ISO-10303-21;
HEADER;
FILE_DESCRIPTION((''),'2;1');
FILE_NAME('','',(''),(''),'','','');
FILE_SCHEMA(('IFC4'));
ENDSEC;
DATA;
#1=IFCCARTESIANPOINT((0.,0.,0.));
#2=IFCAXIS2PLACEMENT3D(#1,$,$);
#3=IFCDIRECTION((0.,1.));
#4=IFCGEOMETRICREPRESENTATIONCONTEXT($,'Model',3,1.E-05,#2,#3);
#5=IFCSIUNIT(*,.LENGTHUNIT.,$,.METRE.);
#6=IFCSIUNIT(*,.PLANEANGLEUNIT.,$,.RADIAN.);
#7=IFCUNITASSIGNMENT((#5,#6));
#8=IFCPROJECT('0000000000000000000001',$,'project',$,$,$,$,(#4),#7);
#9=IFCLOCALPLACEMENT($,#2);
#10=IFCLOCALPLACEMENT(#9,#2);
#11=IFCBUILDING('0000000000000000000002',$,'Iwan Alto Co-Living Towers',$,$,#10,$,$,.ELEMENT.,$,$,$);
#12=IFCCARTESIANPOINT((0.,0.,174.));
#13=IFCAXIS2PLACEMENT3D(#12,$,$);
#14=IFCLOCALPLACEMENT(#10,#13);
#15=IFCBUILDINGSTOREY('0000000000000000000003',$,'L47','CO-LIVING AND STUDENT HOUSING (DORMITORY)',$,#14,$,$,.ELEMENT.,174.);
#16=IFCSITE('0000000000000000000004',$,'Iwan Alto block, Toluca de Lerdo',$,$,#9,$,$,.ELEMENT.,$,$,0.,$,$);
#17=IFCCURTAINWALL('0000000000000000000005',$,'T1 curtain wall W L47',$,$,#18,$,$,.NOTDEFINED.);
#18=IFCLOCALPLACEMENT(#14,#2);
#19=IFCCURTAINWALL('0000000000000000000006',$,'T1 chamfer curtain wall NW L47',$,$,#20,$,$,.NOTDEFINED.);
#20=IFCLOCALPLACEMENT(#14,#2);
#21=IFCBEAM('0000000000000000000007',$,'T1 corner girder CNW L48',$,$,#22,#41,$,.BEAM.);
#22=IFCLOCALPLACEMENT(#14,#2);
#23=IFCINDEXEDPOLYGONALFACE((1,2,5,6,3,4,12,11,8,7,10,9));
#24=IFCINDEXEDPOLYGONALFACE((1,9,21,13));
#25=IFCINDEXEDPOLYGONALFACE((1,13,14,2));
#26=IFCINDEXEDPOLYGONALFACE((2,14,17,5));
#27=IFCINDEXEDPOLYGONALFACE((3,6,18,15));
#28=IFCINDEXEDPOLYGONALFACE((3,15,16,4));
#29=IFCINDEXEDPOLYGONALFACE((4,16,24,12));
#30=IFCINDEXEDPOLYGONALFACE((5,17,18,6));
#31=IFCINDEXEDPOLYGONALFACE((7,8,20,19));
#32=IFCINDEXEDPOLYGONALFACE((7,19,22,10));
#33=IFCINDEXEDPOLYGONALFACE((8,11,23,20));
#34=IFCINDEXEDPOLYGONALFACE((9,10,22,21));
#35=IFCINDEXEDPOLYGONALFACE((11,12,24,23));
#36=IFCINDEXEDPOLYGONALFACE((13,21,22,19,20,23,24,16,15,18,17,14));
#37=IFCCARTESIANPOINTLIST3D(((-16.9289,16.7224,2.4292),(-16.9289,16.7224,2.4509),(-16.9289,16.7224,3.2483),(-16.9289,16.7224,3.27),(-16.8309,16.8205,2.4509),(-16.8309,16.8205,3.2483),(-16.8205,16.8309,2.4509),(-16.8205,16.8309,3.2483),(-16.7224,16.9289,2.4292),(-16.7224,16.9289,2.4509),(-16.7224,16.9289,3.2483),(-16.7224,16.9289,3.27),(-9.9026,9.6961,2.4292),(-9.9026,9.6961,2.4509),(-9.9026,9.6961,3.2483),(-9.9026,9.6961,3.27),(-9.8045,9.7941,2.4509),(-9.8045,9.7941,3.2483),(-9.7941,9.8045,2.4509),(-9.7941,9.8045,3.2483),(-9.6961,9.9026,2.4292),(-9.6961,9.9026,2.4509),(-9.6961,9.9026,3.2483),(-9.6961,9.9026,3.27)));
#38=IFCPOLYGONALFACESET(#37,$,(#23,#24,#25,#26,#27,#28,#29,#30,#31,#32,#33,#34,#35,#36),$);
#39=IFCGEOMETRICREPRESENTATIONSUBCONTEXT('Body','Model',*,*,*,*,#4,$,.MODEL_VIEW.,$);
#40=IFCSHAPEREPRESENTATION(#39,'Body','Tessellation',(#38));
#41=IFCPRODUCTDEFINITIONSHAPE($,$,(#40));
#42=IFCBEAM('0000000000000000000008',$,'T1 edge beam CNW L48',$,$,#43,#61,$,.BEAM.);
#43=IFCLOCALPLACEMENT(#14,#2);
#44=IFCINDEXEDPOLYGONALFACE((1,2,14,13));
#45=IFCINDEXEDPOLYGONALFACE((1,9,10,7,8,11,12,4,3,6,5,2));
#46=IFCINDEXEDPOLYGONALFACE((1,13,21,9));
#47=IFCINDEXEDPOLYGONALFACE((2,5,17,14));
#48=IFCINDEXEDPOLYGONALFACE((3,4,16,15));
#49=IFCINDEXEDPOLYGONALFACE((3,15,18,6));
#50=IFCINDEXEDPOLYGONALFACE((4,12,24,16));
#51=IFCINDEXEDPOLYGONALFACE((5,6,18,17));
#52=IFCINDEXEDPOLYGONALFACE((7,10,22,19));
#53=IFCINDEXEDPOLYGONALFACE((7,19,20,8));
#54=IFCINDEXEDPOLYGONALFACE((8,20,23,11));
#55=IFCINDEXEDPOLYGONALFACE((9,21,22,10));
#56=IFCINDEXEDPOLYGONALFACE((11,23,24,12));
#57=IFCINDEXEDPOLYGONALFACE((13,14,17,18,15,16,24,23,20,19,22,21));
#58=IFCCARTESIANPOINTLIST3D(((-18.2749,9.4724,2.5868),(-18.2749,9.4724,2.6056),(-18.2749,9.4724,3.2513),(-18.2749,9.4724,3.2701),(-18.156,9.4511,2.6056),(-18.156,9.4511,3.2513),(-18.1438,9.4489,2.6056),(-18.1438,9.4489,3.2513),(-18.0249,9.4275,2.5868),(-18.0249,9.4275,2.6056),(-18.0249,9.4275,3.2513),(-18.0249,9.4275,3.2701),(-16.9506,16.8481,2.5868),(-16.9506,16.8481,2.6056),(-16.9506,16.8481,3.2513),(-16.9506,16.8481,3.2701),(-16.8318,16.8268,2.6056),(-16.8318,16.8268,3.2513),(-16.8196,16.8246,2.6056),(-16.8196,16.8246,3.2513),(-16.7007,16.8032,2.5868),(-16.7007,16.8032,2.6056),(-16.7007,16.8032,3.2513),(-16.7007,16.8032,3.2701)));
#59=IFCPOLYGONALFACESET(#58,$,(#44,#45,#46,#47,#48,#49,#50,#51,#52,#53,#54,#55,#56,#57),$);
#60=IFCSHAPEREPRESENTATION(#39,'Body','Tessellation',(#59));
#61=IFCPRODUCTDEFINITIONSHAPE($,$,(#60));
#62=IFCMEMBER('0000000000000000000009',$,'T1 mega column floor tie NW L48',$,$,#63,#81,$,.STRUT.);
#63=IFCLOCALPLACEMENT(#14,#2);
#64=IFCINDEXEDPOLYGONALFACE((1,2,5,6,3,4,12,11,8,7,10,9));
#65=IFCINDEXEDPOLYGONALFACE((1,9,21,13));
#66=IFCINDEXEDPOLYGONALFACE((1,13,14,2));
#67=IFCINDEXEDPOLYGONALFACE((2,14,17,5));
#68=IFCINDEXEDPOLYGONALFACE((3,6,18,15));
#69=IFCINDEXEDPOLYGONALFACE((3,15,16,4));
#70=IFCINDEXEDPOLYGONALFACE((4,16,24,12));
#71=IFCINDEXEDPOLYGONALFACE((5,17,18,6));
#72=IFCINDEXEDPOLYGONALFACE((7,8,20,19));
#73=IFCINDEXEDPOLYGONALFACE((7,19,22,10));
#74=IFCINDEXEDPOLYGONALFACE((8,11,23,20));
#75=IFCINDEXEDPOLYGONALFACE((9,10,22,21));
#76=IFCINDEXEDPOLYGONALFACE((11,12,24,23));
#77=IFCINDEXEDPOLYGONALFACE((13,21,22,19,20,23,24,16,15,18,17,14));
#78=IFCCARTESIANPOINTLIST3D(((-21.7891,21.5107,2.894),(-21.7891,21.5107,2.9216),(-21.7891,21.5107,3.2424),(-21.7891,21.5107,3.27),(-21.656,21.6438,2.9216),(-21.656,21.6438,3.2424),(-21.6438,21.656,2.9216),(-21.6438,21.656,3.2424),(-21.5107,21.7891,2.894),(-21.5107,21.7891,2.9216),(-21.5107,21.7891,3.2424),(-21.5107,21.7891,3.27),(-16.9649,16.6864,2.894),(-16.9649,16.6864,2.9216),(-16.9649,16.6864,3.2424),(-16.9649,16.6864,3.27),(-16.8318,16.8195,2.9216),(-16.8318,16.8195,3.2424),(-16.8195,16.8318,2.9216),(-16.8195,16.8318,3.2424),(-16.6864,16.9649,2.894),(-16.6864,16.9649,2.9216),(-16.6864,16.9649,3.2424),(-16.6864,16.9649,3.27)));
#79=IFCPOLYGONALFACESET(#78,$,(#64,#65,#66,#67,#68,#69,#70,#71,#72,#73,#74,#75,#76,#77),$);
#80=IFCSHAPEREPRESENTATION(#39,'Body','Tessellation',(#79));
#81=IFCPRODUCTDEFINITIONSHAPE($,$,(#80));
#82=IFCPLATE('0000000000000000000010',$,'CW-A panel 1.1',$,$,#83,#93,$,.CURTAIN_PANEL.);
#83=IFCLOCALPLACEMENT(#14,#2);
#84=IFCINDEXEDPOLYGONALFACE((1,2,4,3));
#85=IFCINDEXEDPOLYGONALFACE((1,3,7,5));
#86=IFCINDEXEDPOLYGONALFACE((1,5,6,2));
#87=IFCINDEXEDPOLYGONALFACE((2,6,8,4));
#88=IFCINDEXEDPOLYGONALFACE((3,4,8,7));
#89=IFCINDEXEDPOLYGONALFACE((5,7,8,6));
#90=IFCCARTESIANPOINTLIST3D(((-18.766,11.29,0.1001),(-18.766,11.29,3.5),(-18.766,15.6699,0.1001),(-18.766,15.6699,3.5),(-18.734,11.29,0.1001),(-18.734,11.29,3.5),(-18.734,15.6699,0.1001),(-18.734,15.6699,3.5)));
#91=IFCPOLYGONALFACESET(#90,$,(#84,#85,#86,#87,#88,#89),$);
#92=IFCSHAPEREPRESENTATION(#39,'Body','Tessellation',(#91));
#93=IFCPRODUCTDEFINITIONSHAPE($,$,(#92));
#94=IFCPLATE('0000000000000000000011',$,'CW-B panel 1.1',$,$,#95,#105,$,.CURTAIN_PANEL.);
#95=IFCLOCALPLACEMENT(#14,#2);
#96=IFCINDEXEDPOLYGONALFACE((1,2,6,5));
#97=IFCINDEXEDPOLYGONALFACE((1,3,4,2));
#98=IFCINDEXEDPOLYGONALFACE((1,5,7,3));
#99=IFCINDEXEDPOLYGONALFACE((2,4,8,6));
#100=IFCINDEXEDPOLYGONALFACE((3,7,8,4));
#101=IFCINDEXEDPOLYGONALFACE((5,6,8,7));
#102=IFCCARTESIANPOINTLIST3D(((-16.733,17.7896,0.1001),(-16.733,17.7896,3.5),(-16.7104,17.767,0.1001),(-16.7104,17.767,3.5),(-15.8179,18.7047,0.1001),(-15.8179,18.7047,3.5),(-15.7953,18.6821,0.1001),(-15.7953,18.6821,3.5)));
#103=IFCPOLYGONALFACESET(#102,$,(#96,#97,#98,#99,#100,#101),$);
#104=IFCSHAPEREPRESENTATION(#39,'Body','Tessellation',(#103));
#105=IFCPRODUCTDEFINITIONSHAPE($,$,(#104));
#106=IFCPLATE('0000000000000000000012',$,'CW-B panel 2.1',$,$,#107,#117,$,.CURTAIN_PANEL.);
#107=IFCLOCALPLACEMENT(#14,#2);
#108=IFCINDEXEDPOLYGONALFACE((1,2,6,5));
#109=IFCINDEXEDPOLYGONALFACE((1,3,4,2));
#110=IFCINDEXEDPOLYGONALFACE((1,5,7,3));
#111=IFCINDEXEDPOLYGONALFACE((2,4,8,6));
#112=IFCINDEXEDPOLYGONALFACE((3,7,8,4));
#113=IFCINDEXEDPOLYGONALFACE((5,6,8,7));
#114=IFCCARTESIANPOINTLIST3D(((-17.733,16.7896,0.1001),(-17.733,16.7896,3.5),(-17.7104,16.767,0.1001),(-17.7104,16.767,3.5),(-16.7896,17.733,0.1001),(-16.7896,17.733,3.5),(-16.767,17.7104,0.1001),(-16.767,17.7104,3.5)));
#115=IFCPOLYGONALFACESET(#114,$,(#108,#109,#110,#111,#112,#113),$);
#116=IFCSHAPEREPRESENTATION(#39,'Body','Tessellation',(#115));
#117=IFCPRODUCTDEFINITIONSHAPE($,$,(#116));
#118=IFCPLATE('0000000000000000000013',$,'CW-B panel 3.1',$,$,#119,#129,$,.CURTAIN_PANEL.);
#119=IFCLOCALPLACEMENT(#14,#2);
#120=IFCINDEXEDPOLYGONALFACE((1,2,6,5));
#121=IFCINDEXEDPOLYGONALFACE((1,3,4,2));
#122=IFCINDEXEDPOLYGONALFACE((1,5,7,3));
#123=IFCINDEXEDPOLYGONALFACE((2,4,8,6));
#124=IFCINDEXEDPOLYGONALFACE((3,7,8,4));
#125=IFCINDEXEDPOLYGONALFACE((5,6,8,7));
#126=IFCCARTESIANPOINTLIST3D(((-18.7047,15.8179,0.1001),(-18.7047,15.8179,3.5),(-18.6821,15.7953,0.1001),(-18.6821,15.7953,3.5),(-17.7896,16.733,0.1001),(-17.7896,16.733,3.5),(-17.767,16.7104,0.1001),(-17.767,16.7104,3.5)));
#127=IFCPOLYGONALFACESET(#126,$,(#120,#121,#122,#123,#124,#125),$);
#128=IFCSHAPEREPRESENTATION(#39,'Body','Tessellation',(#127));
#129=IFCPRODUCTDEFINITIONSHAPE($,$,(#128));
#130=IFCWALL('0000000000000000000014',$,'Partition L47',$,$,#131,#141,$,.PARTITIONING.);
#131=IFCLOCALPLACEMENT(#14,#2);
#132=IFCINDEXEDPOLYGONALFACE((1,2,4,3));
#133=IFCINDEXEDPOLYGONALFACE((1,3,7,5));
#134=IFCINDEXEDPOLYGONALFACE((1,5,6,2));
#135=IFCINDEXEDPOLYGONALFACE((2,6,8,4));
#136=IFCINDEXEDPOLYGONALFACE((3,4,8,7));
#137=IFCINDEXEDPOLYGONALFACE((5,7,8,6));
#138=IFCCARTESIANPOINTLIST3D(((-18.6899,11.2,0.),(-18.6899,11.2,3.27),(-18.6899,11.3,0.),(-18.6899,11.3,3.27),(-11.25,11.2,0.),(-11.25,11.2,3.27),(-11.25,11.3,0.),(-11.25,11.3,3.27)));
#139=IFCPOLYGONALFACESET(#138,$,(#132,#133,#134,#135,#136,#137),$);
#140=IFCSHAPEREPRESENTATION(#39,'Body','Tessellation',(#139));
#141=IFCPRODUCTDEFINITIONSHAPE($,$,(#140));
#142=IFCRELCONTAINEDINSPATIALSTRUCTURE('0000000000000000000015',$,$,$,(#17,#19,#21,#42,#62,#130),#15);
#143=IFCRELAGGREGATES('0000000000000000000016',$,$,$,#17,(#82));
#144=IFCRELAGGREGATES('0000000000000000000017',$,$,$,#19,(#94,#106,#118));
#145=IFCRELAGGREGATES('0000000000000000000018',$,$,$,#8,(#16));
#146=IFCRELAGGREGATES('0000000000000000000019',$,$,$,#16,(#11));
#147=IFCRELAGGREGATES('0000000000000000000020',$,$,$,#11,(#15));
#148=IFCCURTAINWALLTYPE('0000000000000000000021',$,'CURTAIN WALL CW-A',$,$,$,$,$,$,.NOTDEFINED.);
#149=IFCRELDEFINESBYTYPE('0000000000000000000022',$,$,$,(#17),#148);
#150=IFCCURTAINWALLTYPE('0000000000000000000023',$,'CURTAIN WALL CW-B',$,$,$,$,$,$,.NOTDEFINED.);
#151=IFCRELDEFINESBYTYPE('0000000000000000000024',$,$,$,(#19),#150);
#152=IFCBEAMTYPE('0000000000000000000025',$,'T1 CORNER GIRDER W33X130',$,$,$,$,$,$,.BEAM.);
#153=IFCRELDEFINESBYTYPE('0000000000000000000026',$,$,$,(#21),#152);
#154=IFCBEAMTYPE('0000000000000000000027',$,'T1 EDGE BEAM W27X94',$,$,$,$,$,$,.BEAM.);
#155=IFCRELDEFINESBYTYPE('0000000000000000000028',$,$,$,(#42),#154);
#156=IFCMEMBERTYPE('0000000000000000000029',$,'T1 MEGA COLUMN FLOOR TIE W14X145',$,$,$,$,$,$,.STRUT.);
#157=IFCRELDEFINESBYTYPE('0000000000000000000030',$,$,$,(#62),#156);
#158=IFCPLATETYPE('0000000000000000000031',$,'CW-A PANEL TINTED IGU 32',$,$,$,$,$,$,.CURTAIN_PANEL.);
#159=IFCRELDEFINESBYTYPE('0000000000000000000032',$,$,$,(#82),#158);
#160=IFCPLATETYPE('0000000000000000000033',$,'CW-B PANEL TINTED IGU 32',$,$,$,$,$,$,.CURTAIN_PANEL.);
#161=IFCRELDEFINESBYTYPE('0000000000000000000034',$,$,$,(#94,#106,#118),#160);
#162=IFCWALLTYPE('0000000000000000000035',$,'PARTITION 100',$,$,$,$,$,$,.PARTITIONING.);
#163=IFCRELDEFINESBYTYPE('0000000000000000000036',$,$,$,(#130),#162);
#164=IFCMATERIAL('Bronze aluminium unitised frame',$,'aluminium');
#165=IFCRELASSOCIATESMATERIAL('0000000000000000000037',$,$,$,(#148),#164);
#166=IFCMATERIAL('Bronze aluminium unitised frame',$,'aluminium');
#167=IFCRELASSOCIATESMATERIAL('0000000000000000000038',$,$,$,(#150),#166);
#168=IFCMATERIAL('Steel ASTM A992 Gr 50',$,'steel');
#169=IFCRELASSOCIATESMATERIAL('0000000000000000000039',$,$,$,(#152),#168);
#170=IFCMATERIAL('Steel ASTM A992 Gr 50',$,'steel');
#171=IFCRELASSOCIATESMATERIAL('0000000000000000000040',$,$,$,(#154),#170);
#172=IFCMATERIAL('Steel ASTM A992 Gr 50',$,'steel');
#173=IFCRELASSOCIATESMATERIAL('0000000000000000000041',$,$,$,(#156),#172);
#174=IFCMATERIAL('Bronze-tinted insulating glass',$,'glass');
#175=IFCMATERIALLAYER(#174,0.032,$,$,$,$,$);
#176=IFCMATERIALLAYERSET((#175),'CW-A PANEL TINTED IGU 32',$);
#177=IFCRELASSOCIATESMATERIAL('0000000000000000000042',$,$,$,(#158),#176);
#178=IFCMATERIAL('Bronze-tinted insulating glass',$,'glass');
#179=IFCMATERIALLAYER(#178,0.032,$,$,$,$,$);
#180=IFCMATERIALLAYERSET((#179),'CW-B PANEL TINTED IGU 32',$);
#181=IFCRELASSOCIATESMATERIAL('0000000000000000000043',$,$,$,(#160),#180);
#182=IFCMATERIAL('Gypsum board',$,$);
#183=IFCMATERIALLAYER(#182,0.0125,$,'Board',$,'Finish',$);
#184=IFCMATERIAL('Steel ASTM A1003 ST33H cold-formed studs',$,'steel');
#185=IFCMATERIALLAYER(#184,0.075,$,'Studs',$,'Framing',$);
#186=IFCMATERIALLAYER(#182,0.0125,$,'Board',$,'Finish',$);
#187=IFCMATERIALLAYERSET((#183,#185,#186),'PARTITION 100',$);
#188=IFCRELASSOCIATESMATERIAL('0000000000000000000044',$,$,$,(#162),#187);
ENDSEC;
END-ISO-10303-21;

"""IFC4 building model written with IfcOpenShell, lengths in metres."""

from ifc_helpers import new_model, si_unit, direction, frame, frame_2d, origin, origin_2d, place, context, subcontext, project, spatial, rectangle, i_section, extrude, material, layer, layer_set, material_profile, profile_set, type_object, element, aggregate, save


model = new_model("IFC4")

# Units and contexts
model_context = context("Model", 3, precision=1e-05, world=origin(), true_north=direction((0.0, 1.0)))
body_context = subcontext(model_context, "Body", "Model", "MODEL_VIEW")
ifc_project = project(units=[si_unit("LENGTHUNIT", "METRE"), si_unit("PLANEANGLEUNIT", "RADIAN")], contexts=[model_context])

# Site, building, storey
site_placement = place(None, origin())
site = spatial("IfcSite", under=ifc_project, at=site_placement, Name="Iwan Alto block, Toluca de Lerdo", CompositionType="ELEMENT", RefElevation=0.0)
building_placement = place(site_placement, origin())
building = spatial("IfcBuilding", under=site, at=building_placement, Name="Iwan Alto Co-Living Towers", CompositionType="ELEMENT")
storey_placement = place(building_placement, frame((0.0, 0.0, 174.0)))
storey = spatial("IfcBuildingStorey", under=building, at=storey_placement, Name="L47", Description="CO-LIVING AND STUDENT HOUSING (DORMITORY)", CompositionType="ELEMENT", Elevation=174.0)

# Shared definitions
ifc_material_1 = material(Name="Bronze aluminium unitised frame", Category="aluminium")
curtain_wall_type_1 = type_object("IfcCurtainWallType", Name="CURTAIN WALL CW-A", PredefinedType="NOTDEFINED", material=ifc_material_1)

# Curtain walls
curtain_wall_1_placement = place(storey_placement, origin())
curtain_wall_1 = element("IfcCurtainWall", 1, at=curtain_wall_1_placement, inside=storey, type_object=curtain_wall_type_1, Name="T1 curtain wall W L47", PredefinedType="NOTDEFINED")
ifc_material_2 = material(Name="Bronze aluminium unitised frame", Category="aluminium")
curtain_wall_type_2 = type_object("IfcCurtainWallType", Name="CURTAIN WALL CW-B", PredefinedType="NOTDEFINED", material=ifc_material_2)
curtain_wall_2_placement = place(storey_placement, origin())
curtain_wall_2 = element("IfcCurtainWall", 2, at=curtain_wall_2_placement, inside=storey, type_object=curtain_wall_type_2, Name="T1 chamfer curtain wall NW L47", PredefinedType="NOTDEFINED")

# Beams
ifc_material_3 = material(Name="Steel ASTM A992 Gr 50", Category="steel")
ifc_material_profile_1 = material_profile(ifc_material_3, i_section(OverallWidth=0.292, OverallDepth=0.8408, WebThickness=0.0146, FlangeThickness=0.0217, at=origin_2d()), Name="W33X130")
ifc_profile_set_1 = profile_set([ifc_material_profile_1], Name="Steel ASTM A992 Gr 50")
beam_type_1 = type_object("IfcBeamType", Name="T1 CORNER GIRDER W33X130", PredefinedType="BEAM", material=ifc_profile_set_1)
beam_1_placement = place(storey_placement, frame((-16.8257, 16.8257, 2.8496), z_axis=(0.707107, -0.707107, 0.0), x_axis=(0.707107, 0.707107, 0.0)))
element("IfcBeam", 3, at=beam_1_placement, inside=storey, type_object=beam_type_1, Name="T1 corner girder CNW L48", PredefinedType="BEAM", context=body_context, shape_type="SweptSolid", body=[
    extrude(i_section(OverallWidth=0.292, OverallDepth=0.8408, WebThickness=0.0146, FlangeThickness=0.0217, at=origin_2d()), origin(), (0.0, 0.0, 1.0), 9.9368),
])
ifc_material_4 = material(Name="Steel ASTM A992 Gr 50", Category="steel")
ifc_material_profile_2 = material_profile(ifc_material_4, i_section(OverallWidth=0.2539, OverallDepth=0.6833, WebThickness=0.0125, FlangeThickness=0.0188, at=origin_2d()), Name="W27X94")
ifc_profile_set_2 = profile_set([ifc_material_profile_2], Name="Steel ASTM A992 Gr 50")
beam_type_2 = type_object("IfcBeamType", Name="T1 EDGE BEAM W27X94", PredefinedType="BEAM", material=ifc_profile_set_2)
beam_2_placement = place(storey_placement, frame((-16.8257, 16.8257, 2.9285), z_axis=(-0.176712, -0.984263, 0.0), x_axis=(0.984263, -0.176712, 0.0)))
element("IfcBeam", 4, at=beam_2_placement, inside=storey, type_object=beam_type_2, Name="T1 edge beam CNW L48", PredefinedType="BEAM", context=body_context, shape_type="SweptSolid", body=[
    extrude(i_section(OverallWidth=0.2539, OverallDepth=0.6833, WebThickness=0.0125, FlangeThickness=0.0188, at=origin_2d()), origin(), (0.0, 0.0, 1.0), 7.4937),
])

# Member
ifc_material_5 = material(Name="Steel ASTM A992 Gr 50", Category="steel")
ifc_material_profile_3 = material_profile(ifc_material_5, i_section(OverallWidth=0.3938, OverallDepth=0.376, WebThickness=0.0173, FlangeThickness=0.0276, at=origin_2d()), Name="W14X145")
ifc_profile_set_3 = profile_set([ifc_material_profile_3], Name="Steel ASTM A992 Gr 50")
member_type_1 = type_object("IfcMemberType", Name="T1 MEGA COLUMN FLOOR TIE W14X145", PredefinedType="STRUT", material=ifc_profile_set_3)
member_1_placement = place(storey_placement, frame((-21.6499, 21.6499, 3.082), z_axis=(0.707107, -0.707107, 0.0), x_axis=(0.707107, 0.707107, 0.0)))
element("IfcMember", 5, at=member_1_placement, inside=storey, type_object=member_type_1, Name="T1 mega column floor tie NW L48", PredefinedType="STRUT", context=body_context, shape_type="SweptSolid", body=[
    extrude(i_section(OverallWidth=0.3938, OverallDepth=0.376, WebThickness=0.0173, FlangeThickness=0.0276, at=origin_2d()), origin(), (0.0, 0.0, 1.0), 6.8225),
])

# Plates
ifc_material_6 = material(Name="Bronze-tinted insulating glass", Category="glass")
ifc_layer_1 = layer(ifc_material_6, 0.032)
ifc_layer_set_1 = layer_set([ifc_layer_1], Name="CW-A PANEL TINTED IGU 32")
plate_type_1 = type_object("IfcPlateType", Name="CW-A PANEL TINTED IGU 32", PredefinedType="CURTAIN_PANEL", material=ifc_layer_set_1)
plate_1_placement = place(storey_placement, frame((-18.75, 13.48, 0.1001), z_axis=(0.0, 0.0, 1.0), x_axis=(0.0, -1.0, 0.0)))
plate_1 = element("IfcPlate", 6, at=plate_1_placement, type_object=plate_type_1, Name="CW-A panel 1.1", PredefinedType="CURTAIN_PANEL", context=body_context, shape_type="SweptSolid", body=[
    extrude(rectangle(XDim=4.3799, YDim=0.032, at=origin_2d()), origin(), (0.0, 0.0, 1.0), 3.3999),
])
aggregate(curtain_wall_1, [plate_1])
ifc_material_7 = material(Name="Bronze-tinted insulating glass", Category="glass")
ifc_layer_2 = layer(ifc_material_7, 0.032)
ifc_layer_set_2 = layer_set([ifc_layer_2], Name="CW-B PANEL TINTED IGU 32")
plate_type_2 = type_object("IfcPlateType", Name="CW-B PANEL TINTED IGU 32", PredefinedType="CURTAIN_PANEL", material=ifc_layer_set_2)
plate_2_placement = place(storey_placement, frame((-16.2642, 18.2358, 0.1001), z_axis=(0.0, 0.0, 1.0), x_axis=(-0.707107, -0.707107, 0.0)))
plate_2 = element("IfcPlate", 7, at=plate_2_placement, type_object=plate_type_2, Name="CW-B panel 1.1", PredefinedType="CURTAIN_PANEL", context=body_context, shape_type="SweptSolid", body=[
    extrude(rectangle(XDim=1.2942, YDim=0.032, at=origin_2d()), origin(), (0.0, 0.0, 1.0), 3.3999),
])
plate_3_placement = place(storey_placement, frame((-17.25, 17.25, 0.1001), z_axis=(0.0, 0.0, 1.0), x_axis=(-0.707107, -0.707107, 0.0)))
plate_3 = element("IfcPlate", 8, at=plate_3_placement, type_object=plate_type_2, Name="CW-B panel 2.1", PredefinedType="CURTAIN_PANEL", context=body_context, shape_type="SweptSolid", body=[
    extrude(rectangle(XDim=1.3342, YDim=0.032, at=origin_2d()), origin(), (0.0, 0.0, 1.0), 3.3999),
])
plate_4_placement = place(storey_placement, frame((-18.2358, 16.2642, 0.1001), z_axis=(0.0, 0.0, 1.0), x_axis=(-0.707107, -0.707107, 0.0)))
plate_4 = element("IfcPlate", 9, at=plate_4_placement, type_object=plate_type_2, Name="CW-B panel 3.1", PredefinedType="CURTAIN_PANEL", context=body_context, shape_type="SweptSolid", body=[
    extrude(rectangle(XDim=1.2942, YDim=0.032, at=origin_2d()), origin(), (0.0, 0.0, 1.0), 3.3999),
])
aggregate(curtain_wall_2, [plate_2, plate_3, plate_4])

# Wall
ifc_material_8 = material(Name="Gypsum board")
ifc_layer_3 = layer(ifc_material_8, 0.0125, Name="Board", Category="Finish")
ifc_material_9 = material(Name="Steel ASTM A1003 ST33H cold-formed studs", Category="steel")
ifc_layer_4 = layer(ifc_material_9, 0.075, Name="Studs", Category="Framing")
ifc_layer_5 = layer(ifc_material_8, 0.0125, Name="Board", Category="Finish")
ifc_layer_set_3 = layer_set([ifc_layer_3, ifc_layer_4, ifc_layer_5], Name="PARTITION 100")
wall_type = type_object("IfcWallType", Name="PARTITION 100", PredefinedType="PARTITIONING", material=ifc_layer_set_3)
wall_placement = place(storey_placement, frame((-18.6899, 11.25, 0.0), z_axis=(0.0, 0.0, 1.0), x_axis=(1.0, 0.0, 0.0)))
element("IfcWall", 10, at=wall_placement, inside=storey, type_object=wall_type, Name="Partition L47", PredefinedType="PARTITIONING", context=body_context, shape_type="SweptSolid", body=[
    extrude(rectangle(XDim=7.4399, YDim=0.1001, at=frame_2d((3.72, 0.0))), origin(), (0.0, 0.0, 1.0), 3.27),
])

save(model, "model.ifc")
